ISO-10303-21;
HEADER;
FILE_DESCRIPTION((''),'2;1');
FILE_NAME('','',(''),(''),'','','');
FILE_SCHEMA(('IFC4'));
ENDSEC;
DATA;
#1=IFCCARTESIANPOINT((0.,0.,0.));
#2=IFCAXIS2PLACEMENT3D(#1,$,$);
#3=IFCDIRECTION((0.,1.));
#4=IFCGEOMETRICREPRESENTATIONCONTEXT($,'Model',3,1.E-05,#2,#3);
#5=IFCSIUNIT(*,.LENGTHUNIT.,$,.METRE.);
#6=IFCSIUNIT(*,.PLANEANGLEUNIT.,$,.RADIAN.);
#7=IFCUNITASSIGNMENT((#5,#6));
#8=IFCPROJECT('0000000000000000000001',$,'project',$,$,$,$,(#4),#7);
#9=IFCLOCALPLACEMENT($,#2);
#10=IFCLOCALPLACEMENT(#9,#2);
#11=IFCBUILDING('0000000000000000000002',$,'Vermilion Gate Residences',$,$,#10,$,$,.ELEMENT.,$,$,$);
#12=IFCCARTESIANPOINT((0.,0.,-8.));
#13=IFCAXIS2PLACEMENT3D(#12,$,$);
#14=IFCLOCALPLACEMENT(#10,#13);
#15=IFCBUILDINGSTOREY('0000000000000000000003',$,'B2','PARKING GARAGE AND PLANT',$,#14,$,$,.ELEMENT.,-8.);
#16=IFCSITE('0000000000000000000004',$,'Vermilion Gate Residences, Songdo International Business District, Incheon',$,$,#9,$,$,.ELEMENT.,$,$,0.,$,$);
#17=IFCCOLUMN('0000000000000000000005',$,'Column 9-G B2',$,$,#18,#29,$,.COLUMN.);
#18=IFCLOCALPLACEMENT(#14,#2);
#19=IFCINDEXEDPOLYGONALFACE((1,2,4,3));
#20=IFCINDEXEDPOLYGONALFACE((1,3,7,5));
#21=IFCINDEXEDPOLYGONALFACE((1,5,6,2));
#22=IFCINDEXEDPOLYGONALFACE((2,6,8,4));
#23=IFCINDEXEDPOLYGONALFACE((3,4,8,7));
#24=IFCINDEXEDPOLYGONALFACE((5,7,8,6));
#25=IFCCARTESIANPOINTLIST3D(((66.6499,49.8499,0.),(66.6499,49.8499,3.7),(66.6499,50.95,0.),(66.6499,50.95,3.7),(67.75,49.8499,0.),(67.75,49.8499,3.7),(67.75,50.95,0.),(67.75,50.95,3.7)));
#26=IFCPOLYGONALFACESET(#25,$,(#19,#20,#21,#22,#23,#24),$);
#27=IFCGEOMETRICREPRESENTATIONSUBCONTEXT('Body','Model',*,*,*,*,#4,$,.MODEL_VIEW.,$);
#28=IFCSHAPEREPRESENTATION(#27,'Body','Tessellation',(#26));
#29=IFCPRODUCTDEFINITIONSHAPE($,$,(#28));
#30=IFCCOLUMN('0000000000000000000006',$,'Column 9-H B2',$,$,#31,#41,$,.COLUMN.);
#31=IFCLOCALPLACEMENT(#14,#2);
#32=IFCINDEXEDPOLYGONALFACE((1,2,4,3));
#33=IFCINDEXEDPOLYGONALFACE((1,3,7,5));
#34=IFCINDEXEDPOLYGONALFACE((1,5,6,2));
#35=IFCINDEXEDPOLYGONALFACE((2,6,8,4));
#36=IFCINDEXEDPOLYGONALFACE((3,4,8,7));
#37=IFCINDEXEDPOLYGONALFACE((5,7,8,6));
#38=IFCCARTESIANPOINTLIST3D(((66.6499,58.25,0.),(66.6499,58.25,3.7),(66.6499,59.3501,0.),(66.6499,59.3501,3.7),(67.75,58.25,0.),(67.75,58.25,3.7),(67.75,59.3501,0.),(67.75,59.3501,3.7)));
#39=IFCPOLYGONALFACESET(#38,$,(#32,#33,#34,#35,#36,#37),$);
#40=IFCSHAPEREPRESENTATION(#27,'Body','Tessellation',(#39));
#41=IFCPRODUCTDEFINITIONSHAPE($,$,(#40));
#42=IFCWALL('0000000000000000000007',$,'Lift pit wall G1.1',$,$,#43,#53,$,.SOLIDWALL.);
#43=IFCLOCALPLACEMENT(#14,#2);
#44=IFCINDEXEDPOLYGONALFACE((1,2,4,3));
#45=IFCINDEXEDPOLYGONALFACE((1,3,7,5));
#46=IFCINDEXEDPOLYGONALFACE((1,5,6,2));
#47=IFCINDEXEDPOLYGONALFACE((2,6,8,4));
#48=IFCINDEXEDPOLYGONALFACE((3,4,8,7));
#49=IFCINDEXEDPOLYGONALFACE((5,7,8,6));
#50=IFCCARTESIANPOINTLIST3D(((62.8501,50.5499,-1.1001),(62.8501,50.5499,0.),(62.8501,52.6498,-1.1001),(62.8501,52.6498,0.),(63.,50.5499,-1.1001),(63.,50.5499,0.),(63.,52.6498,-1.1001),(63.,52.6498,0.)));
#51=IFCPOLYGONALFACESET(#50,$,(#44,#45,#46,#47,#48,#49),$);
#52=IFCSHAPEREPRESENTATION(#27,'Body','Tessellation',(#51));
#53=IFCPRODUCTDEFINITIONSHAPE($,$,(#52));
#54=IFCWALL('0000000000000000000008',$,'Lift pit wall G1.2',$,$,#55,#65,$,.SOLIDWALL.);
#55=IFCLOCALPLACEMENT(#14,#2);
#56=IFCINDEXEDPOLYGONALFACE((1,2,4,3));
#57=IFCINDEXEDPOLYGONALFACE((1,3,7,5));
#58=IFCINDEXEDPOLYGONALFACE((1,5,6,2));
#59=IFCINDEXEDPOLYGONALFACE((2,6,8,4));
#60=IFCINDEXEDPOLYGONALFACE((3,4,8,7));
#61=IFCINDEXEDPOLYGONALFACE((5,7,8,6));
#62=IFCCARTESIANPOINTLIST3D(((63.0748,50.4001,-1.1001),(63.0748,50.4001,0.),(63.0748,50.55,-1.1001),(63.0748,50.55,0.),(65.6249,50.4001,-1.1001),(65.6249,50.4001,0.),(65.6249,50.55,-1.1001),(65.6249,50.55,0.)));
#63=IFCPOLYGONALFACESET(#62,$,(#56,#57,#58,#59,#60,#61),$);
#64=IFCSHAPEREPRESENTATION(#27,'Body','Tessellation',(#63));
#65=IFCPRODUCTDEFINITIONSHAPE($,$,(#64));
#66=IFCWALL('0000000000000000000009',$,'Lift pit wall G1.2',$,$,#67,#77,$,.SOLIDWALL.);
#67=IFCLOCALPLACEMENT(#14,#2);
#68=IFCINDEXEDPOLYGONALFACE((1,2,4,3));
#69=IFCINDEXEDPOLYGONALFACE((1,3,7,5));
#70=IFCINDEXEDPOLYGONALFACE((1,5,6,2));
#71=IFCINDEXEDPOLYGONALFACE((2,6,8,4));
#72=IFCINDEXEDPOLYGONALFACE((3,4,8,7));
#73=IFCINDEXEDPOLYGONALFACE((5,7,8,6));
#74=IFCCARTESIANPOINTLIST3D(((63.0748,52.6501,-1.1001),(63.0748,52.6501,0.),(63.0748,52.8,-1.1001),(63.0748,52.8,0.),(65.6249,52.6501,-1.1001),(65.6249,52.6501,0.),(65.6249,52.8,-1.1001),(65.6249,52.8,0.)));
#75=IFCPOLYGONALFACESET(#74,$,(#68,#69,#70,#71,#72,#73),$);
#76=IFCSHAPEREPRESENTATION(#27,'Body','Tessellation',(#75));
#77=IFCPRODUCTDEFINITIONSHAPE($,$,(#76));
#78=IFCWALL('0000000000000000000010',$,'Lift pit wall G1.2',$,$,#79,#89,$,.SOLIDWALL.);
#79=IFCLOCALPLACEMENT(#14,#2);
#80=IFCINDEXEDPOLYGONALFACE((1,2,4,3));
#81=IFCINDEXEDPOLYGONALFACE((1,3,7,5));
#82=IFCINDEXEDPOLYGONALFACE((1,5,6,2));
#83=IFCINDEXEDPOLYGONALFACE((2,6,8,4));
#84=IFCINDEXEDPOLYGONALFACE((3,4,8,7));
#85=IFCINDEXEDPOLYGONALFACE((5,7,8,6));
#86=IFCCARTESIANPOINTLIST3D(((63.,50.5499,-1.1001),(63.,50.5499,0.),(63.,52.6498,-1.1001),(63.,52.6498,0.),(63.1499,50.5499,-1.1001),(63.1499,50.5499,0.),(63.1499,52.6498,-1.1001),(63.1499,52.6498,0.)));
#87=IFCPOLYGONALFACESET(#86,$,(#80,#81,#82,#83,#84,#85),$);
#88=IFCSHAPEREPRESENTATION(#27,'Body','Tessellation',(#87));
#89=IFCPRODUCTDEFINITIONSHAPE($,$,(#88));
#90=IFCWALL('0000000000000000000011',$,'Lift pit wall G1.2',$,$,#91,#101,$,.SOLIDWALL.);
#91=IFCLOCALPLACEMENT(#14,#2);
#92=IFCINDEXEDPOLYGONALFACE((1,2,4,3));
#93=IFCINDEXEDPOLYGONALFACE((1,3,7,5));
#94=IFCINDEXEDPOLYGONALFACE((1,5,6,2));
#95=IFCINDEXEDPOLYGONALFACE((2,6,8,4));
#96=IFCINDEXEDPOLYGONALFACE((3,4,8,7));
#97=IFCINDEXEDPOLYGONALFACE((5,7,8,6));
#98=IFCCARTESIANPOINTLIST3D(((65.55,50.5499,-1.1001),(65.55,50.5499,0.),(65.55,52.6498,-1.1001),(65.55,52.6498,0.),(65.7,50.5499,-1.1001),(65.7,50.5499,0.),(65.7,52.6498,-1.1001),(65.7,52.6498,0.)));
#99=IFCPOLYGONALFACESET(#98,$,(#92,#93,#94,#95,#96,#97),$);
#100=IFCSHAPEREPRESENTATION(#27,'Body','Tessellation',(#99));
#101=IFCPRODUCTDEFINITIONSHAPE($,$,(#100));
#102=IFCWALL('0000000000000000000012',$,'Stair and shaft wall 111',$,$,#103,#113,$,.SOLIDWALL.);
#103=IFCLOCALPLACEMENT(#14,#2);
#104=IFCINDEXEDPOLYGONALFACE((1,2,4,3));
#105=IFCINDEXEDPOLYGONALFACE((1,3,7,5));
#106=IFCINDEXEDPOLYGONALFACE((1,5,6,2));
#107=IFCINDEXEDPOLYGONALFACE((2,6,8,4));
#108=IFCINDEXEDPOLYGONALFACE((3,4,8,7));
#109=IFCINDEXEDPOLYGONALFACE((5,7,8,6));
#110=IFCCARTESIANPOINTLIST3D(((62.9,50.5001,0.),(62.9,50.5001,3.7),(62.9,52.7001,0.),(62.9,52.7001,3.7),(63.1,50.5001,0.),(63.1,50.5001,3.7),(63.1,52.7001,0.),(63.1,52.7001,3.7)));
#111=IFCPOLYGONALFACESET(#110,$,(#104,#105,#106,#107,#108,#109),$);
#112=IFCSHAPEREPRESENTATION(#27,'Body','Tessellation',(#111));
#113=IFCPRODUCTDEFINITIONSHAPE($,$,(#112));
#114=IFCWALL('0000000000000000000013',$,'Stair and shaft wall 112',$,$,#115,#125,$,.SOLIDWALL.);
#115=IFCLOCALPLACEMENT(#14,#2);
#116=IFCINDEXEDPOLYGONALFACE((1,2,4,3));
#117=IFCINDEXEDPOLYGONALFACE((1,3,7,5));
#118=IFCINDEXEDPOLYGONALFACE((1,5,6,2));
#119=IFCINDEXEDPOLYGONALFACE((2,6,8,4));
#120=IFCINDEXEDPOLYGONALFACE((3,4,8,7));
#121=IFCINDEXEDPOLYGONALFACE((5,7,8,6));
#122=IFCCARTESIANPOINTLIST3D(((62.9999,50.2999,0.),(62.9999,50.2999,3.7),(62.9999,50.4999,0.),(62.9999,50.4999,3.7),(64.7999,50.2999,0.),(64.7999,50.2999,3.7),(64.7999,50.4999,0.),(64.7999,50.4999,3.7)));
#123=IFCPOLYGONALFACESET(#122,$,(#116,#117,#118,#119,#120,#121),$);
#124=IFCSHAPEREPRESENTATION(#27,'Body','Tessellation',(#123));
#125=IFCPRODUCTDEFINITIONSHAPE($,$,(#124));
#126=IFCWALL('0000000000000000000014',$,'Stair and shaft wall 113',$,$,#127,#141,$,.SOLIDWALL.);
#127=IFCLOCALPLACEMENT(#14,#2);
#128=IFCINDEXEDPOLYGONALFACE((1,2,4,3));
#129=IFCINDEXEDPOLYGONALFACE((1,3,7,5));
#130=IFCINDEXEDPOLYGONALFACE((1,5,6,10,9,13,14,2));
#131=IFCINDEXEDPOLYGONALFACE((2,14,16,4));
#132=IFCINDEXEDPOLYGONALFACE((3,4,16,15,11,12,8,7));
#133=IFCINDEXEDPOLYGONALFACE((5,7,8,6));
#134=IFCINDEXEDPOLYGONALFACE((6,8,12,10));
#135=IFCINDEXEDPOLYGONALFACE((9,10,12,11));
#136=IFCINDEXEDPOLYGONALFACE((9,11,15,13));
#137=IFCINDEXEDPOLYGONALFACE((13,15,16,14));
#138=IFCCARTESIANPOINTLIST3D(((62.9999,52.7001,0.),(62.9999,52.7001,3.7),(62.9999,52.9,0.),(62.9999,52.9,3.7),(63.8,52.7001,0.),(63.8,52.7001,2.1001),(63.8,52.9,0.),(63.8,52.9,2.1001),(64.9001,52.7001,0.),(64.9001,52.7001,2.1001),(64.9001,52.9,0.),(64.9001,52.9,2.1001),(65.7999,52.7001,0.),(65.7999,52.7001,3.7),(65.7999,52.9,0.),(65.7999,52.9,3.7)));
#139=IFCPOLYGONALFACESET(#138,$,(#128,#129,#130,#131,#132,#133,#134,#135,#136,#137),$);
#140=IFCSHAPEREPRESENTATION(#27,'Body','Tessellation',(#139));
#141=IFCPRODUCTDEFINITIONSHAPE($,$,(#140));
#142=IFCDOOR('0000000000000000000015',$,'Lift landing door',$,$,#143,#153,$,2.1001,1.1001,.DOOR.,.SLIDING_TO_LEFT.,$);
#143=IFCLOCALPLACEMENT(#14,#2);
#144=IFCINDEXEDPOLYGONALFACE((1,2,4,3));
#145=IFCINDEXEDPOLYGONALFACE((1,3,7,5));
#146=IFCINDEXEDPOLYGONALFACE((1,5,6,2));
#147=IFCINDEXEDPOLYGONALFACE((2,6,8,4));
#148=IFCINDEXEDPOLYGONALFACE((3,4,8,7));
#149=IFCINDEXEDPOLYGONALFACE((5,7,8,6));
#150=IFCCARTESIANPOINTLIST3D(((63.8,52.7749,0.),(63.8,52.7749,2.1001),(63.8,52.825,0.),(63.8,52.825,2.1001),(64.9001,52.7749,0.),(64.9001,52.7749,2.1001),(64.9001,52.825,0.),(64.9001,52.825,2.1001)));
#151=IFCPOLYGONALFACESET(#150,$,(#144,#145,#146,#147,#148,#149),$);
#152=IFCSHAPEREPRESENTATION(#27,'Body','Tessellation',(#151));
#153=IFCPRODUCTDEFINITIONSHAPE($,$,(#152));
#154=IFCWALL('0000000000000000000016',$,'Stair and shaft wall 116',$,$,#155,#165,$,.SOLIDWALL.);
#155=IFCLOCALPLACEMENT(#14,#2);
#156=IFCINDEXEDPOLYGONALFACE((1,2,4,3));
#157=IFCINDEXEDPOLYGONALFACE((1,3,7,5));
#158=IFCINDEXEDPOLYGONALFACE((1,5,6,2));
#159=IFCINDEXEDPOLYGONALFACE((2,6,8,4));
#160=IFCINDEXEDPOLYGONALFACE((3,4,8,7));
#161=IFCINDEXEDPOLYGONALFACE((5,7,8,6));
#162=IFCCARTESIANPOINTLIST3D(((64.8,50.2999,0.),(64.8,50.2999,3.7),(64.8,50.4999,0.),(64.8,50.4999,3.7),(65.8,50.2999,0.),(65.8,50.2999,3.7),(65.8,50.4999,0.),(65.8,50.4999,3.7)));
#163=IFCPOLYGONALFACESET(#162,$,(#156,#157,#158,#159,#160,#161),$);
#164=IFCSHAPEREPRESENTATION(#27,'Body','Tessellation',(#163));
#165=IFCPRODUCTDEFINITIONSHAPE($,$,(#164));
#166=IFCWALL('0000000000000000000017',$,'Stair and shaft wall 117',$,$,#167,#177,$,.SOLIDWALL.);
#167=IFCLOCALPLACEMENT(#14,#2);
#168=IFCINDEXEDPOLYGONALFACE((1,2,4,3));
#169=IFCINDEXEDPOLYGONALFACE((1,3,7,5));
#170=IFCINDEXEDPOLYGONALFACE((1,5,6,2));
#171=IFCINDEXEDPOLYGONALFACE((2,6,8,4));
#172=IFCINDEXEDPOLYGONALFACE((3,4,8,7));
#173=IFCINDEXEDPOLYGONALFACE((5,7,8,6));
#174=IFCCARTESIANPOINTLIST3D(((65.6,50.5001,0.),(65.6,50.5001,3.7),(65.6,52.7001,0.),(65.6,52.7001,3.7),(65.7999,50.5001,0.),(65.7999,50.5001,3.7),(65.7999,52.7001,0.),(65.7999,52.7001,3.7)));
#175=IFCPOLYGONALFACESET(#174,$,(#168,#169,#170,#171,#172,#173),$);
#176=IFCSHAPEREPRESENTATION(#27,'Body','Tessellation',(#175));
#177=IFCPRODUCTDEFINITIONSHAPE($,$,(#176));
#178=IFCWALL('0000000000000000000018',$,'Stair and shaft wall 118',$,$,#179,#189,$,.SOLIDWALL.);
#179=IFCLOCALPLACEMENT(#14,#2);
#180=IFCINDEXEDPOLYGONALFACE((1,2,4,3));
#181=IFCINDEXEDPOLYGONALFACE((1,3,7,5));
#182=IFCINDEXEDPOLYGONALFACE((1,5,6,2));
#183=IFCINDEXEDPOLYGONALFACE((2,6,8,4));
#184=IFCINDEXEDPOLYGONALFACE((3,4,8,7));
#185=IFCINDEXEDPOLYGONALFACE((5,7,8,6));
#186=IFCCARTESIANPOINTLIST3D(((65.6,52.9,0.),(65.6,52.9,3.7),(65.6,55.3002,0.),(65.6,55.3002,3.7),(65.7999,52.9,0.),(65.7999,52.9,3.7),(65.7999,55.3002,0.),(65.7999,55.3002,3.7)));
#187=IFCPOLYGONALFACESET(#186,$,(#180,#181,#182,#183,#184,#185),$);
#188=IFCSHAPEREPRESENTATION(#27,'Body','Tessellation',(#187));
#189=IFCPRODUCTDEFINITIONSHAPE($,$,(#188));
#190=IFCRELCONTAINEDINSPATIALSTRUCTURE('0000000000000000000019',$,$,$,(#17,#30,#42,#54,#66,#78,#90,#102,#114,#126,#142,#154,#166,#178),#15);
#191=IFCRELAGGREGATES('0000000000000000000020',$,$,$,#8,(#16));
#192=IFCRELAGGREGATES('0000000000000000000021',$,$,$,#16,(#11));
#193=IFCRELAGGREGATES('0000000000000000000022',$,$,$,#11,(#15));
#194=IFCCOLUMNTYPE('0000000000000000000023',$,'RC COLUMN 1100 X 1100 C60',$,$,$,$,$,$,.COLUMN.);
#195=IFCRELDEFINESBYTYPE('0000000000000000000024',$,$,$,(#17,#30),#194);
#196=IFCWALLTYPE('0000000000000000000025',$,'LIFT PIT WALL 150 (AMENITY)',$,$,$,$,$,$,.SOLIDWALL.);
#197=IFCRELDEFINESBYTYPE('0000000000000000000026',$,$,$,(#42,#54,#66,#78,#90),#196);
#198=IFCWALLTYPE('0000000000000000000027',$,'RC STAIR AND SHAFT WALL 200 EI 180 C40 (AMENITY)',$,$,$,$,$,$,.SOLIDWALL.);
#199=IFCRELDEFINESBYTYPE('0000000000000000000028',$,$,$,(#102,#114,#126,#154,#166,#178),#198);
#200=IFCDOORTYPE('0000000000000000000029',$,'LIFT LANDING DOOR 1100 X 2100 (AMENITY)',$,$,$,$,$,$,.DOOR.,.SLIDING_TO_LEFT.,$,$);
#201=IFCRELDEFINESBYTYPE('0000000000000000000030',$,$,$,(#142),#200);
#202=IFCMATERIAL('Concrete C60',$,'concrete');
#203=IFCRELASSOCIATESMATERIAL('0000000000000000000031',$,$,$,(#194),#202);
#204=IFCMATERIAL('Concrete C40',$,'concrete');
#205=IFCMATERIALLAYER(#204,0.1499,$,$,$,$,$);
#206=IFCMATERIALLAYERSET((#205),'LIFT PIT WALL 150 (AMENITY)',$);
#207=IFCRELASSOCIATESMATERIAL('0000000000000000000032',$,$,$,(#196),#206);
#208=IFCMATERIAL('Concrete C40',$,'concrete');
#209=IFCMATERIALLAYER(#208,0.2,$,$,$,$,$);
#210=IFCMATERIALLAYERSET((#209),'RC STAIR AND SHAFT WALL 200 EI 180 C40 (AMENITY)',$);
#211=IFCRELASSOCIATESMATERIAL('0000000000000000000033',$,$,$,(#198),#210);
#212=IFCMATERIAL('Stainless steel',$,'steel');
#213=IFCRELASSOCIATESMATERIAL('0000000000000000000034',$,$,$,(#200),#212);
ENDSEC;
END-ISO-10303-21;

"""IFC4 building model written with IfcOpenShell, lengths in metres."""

from ifc_helpers import new_model, si_unit, direction, frame, frame_2d, origin, origin_2d, place, context, subcontext, project, spatial, rectangle, extrude, material, layer, layer_set, material_profile, profile_set, type_object, element, fill, save


model = new_model("IFC4")

# Units and contexts
model_context = context("Model", 3, precision=1e-05, world=origin(), true_north=direction((0.0, 1.0)))
body_context = subcontext(model_context, "Body", "Model", "MODEL_VIEW")
ifc_project = project(units=[si_unit("LENGTHUNIT", "METRE"), si_unit("PLANEANGLEUNIT", "RADIAN")], contexts=[model_context])

# Site, building, storey
site_placement = place(None, origin())
site = spatial("IfcSite", under=ifc_project, at=site_placement, Name="Vermilion Gate Residences, Songdo International Business District, Incheon", CompositionType="ELEMENT", RefElevation=0.0)
building_placement = place(site_placement, origin())
building = spatial("IfcBuilding", under=site, at=building_placement, Name="Vermilion Gate Residences", CompositionType="ELEMENT")
storey_placement = place(building_placement, frame((0.0, 0.0, -8.0)))
storey = spatial("IfcBuildingStorey", under=building, at=storey_placement, Name="B2", Description="PARKING GARAGE AND PLANT", CompositionType="ELEMENT", Elevation=-8.0)

# Columns
ifc_material_1 = material(Name="Concrete C60", Category="concrete")
ifc_material_profile = material_profile(ifc_material_1, rectangle(XDim=1.1001, YDim=1.1001, at=origin_2d()), Name="RC-1100x1100")
ifc_profile_set = profile_set([ifc_material_profile], Name="Concrete C60")
column_type = type_object("IfcColumnType", Name="RC COLUMN 1100 X 1100 C60", PredefinedType="COLUMN", material=ifc_profile_set)
for number, where, z_axis, x_axis, name in (
    (1, (67.2, 50.3999, 0.0), (0.0, 0.0, 1.0), (1.0, 0.0, 0.0), "Column 9-G B2"),
    (2, (67.2, 58.8, 0.0), (0.0, 0.0, 1.0), (1.0, 0.0, 0.0), "Column 9-H B2"),
):
    element("IfcColumn", number, at=place(storey_placement, frame(where, z_axis=z_axis, x_axis=x_axis)), inside=storey, type_object=column_type, Name=name, PredefinedType="COLUMN", context=body_context, shape_type="SweptSolid", body=[
        extrude(rectangle(XDim=1.1001, YDim=1.1001, at=origin_2d()), origin(), (0.0, 0.0, 1.0), 3.7),
    ])

# Walls
ifc_material_2 = material(Name="Concrete C40", Category="concrete")
ifc_layer_1 = layer(ifc_material_2, 0.1499)
ifc_layer_set_1 = layer_set([ifc_layer_1], Name="LIFT PIT WALL 150 (AMENITY)")
wall_type_1 = type_object("IfcWallType", Name="LIFT PIT WALL 150 (AMENITY)", PredefinedType="SOLIDWALL", material=ifc_layer_set_1)
wall_1_placement = place(storey_placement, frame((62.925, 50.55, -1.1001), z_axis=(0.0, 0.0, 1.0), x_axis=(0.0, 1.0, 0.0)))
element("IfcWall", 3, at=wall_1_placement, inside=storey, type_object=wall_type_1, Name="Lift pit wall G1.1", PredefinedType="SOLIDWALL", context=body_context, shape_type="SweptSolid", body=[
    extrude(rectangle(XDim=2.0999, YDim=0.1499, at=frame_2d((1.0498, 0.0))), origin(), (0.0, 0.0, 1.0), 1.1001),
])
for number, where, z_axis, x_axis, name in (
    (4, (63.075, 50.4751, -1.1001), (0.0, 0.0, 1.0), (1.0, 0.0, 0.0), "Lift pit wall G1.2"),
    (5, (63.075, 52.7251, -1.1001), (0.0, 0.0, 1.0), (1.0, 0.0, 0.0), "Lift pit wall G1.2"),
):
    element("IfcWall", number, at=place(storey_placement, frame(where, z_axis=z_axis, x_axis=x_axis)), inside=storey, type_object=wall_type_1, Name=name, PredefinedType="SOLIDWALL", context=body_context, shape_type="SweptSolid", body=[
        extrude(rectangle(XDim=2.55, YDim=0.1499, at=frame_2d((1.2749, 0.0))), origin(), (0.0, 0.0, 1.0), 1.1001),
    ])
for number, where, z_axis, x_axis, name in (
    (6, (63.075, 50.55, -1.1001), (0.0, 0.0, 1.0), (0.0, 1.0, 0.0), "Lift pit wall G1.2"),
    (7, (65.625, 50.55, -1.1001), (0.0, 0.0, 1.0), (0.0, 1.0, 0.0), "Lift pit wall G1.2"),
):
    element("IfcWall", number, at=place(storey_placement, frame(where, z_axis=z_axis, x_axis=x_axis)), inside=storey, type_object=wall_type_1, Name=name, PredefinedType="SOLIDWALL", context=body_context, shape_type="SweptSolid", body=[
        extrude(rectangle(XDim=2.0999, YDim=0.1499, at=frame_2d((1.0498, 0.0))), origin(), (0.0, 0.0, 1.0), 1.1001),
    ])
ifc_material_3 = material(Name="Concrete C40", Category="concrete")
ifc_layer_2 = layer(ifc_material_3, 0.2)
ifc_layer_set_2 = layer_set([ifc_layer_2], Name="RC STAIR AND SHAFT WALL 200 EI 180 C40 (AMENITY)")
wall_type_2 = type_object("IfcWallType", Name="RC STAIR AND SHAFT WALL 200 EI 180 C40 (AMENITY)", PredefinedType="SOLIDWALL", material=ifc_layer_set_2)
wall_2_placement = place(storey_placement, frame((63.0, 50.5, 0.0), z_axis=(0.0, 0.0, 1.0), x_axis=(0.0, 1.0, 0.0)))
element("IfcWall", 8, at=wall_2_placement, inside=storey, type_object=wall_type_2, Name="Stair and shaft wall 111", PredefinedType="SOLIDWALL", context=body_context, shape_type="SweptSolid", body=[
    extrude(rectangle(XDim=2.2, YDim=0.2, at=frame_2d((1.1001, 0.0))), origin(), (0.0, 0.0, 1.0), 3.7),
])
wall_3_placement = place(storey_placement, frame((63.0, 50.3999, 0.0), z_axis=(0.0, 0.0, 1.0), x_axis=(1.0, 0.0, 0.0)))
element("IfcWall", 9, at=wall_3_placement, inside=storey, type_object=wall_type_2, Name="Stair and shaft wall 112", PredefinedType="SOLIDWALL", context=body_context, shape_type="SweptSolid", body=[
    extrude(rectangle(XDim=1.8, YDim=0.2, at=frame_2d((0.8999, 0.0))), origin(), (0.0, 0.0, 1.0), 3.7),
])

# Wall, opening, door
wall_4_placement = place(storey_placement, frame((63.0, 52.8, 0.0), z_axis=(0.0, 0.0, 1.0), x_axis=(1.0, 0.0, 0.0)))
wall_4 = element("IfcWall", 10, at=wall_4_placement, inside=storey, type_object=wall_type_2, Name="Stair and shaft wall 113", PredefinedType="SOLIDWALL", context=body_context, shape_type="SweptSolid", body=[
    extrude(rectangle(XDim=2.8, YDim=0.2, at=frame_2d((1.3999, 0.0))), origin(), (0.0, 0.0, 1.0), 3.7),
])
opening_1_placement = place(wall_4_placement, frame((0.8, 0.0, 0.0)))
opening_1 = element("IfcOpeningElement", 11, at=opening_1_placement, cuts=wall_4, PredefinedType="OPENING", context=body_context, shape_type="SweptSolid", body=[
    extrude(rectangle(XDim=1.1001, YDim=2.1001, at=frame_2d((0.55, 1.05))), frame((0.0, 0.1099, 0.0), z_axis=(0.0, -1.0, 0.0), x_axis=(1.0, 0.0, 0.0)), (0.0, 0.0, 1.0), 0.22),
])
ifc_material_4 = material(Name="Stainless steel", Category="steel")
door_type_1 = type_object("IfcDoorType", Name="LIFT LANDING DOOR 1100 X 2100 (AMENITY)", OperationType="SLIDING_TO_LEFT", PredefinedType="DOOR", material=ifc_material_4)
door_1_placement = place(opening_1_placement, origin())
door_1 = element("IfcDoor", 12, at=door_1_placement, inside=storey, type_object=door_type_1, Name="Lift landing door", OperationType="SLIDING_TO_LEFT", OverallHeight=2.1001, OverallWidth=1.1001, PredefinedType="DOOR", context=body_context, shape_type="SweptSolid", body=[
    extrude(rectangle(XDim=1.1001, YDim=2.1001, at=frame_2d((0.55, 1.05))), frame((0.0, 0.0249, 0.0), z_axis=(0.0, -1.0, 0.0), x_axis=(1.0, 0.0, 0.0)), (0.0, 0.0, 1.0), 0.05),
])
fill(opening_1, door_1)

# Walls
wall_5_placement = place(storey_placement, frame((64.8, 50.3999, 0.0), z_axis=(0.0, 0.0, 1.0), x_axis=(1.0, 0.0, 0.0)))
element("IfcWall", 13, at=wall_5_placement, inside=storey, type_object=wall_type_2, Name="Stair and shaft wall 116", PredefinedType="SOLIDWALL", context=body_context, shape_type="SweptSolid", body=[
    extrude(rectangle(XDim=1.0, YDim=0.2, at=frame_2d((0.5, 0.0))), origin(), (0.0, 0.0, 1.0), 3.7),
])
wall_6_placement = place(storey_placement, frame((65.7, 50.5, 0.0), z_axis=(0.0, 0.0, 1.0), x_axis=(0.0, 1.0, 0.0)))
element("IfcWall", 14, at=wall_6_placement, inside=storey, type_object=wall_type_2, Name="Stair and shaft wall 117", PredefinedType="SOLIDWALL", context=body_context, shape_type="SweptSolid", body=[
    extrude(rectangle(XDim=2.2, YDim=0.2, at=frame_2d((1.1001, 0.0))), origin(), (0.0, 0.0, 1.0), 3.7),
])
wall_7_placement = place(storey_placement, frame((65.7, 52.8999, 0.0), z_axis=(0.0, 0.0, 1.0), x_axis=(0.0, 1.0, 0.0)))
element("IfcWall", 15, at=wall_7_placement, inside=storey, type_object=wall_type_2, Name="Stair and shaft wall 118", PredefinedType="SOLIDWALL", context=body_context, shape_type="SweptSolid", body=[
    extrude(rectangle(XDim=2.4001, YDim=0.2, at=frame_2d((1.2002, 0.0))), origin(), (0.0, 0.0, 1.0), 3.7),
])

save(model, "model.ifc")
